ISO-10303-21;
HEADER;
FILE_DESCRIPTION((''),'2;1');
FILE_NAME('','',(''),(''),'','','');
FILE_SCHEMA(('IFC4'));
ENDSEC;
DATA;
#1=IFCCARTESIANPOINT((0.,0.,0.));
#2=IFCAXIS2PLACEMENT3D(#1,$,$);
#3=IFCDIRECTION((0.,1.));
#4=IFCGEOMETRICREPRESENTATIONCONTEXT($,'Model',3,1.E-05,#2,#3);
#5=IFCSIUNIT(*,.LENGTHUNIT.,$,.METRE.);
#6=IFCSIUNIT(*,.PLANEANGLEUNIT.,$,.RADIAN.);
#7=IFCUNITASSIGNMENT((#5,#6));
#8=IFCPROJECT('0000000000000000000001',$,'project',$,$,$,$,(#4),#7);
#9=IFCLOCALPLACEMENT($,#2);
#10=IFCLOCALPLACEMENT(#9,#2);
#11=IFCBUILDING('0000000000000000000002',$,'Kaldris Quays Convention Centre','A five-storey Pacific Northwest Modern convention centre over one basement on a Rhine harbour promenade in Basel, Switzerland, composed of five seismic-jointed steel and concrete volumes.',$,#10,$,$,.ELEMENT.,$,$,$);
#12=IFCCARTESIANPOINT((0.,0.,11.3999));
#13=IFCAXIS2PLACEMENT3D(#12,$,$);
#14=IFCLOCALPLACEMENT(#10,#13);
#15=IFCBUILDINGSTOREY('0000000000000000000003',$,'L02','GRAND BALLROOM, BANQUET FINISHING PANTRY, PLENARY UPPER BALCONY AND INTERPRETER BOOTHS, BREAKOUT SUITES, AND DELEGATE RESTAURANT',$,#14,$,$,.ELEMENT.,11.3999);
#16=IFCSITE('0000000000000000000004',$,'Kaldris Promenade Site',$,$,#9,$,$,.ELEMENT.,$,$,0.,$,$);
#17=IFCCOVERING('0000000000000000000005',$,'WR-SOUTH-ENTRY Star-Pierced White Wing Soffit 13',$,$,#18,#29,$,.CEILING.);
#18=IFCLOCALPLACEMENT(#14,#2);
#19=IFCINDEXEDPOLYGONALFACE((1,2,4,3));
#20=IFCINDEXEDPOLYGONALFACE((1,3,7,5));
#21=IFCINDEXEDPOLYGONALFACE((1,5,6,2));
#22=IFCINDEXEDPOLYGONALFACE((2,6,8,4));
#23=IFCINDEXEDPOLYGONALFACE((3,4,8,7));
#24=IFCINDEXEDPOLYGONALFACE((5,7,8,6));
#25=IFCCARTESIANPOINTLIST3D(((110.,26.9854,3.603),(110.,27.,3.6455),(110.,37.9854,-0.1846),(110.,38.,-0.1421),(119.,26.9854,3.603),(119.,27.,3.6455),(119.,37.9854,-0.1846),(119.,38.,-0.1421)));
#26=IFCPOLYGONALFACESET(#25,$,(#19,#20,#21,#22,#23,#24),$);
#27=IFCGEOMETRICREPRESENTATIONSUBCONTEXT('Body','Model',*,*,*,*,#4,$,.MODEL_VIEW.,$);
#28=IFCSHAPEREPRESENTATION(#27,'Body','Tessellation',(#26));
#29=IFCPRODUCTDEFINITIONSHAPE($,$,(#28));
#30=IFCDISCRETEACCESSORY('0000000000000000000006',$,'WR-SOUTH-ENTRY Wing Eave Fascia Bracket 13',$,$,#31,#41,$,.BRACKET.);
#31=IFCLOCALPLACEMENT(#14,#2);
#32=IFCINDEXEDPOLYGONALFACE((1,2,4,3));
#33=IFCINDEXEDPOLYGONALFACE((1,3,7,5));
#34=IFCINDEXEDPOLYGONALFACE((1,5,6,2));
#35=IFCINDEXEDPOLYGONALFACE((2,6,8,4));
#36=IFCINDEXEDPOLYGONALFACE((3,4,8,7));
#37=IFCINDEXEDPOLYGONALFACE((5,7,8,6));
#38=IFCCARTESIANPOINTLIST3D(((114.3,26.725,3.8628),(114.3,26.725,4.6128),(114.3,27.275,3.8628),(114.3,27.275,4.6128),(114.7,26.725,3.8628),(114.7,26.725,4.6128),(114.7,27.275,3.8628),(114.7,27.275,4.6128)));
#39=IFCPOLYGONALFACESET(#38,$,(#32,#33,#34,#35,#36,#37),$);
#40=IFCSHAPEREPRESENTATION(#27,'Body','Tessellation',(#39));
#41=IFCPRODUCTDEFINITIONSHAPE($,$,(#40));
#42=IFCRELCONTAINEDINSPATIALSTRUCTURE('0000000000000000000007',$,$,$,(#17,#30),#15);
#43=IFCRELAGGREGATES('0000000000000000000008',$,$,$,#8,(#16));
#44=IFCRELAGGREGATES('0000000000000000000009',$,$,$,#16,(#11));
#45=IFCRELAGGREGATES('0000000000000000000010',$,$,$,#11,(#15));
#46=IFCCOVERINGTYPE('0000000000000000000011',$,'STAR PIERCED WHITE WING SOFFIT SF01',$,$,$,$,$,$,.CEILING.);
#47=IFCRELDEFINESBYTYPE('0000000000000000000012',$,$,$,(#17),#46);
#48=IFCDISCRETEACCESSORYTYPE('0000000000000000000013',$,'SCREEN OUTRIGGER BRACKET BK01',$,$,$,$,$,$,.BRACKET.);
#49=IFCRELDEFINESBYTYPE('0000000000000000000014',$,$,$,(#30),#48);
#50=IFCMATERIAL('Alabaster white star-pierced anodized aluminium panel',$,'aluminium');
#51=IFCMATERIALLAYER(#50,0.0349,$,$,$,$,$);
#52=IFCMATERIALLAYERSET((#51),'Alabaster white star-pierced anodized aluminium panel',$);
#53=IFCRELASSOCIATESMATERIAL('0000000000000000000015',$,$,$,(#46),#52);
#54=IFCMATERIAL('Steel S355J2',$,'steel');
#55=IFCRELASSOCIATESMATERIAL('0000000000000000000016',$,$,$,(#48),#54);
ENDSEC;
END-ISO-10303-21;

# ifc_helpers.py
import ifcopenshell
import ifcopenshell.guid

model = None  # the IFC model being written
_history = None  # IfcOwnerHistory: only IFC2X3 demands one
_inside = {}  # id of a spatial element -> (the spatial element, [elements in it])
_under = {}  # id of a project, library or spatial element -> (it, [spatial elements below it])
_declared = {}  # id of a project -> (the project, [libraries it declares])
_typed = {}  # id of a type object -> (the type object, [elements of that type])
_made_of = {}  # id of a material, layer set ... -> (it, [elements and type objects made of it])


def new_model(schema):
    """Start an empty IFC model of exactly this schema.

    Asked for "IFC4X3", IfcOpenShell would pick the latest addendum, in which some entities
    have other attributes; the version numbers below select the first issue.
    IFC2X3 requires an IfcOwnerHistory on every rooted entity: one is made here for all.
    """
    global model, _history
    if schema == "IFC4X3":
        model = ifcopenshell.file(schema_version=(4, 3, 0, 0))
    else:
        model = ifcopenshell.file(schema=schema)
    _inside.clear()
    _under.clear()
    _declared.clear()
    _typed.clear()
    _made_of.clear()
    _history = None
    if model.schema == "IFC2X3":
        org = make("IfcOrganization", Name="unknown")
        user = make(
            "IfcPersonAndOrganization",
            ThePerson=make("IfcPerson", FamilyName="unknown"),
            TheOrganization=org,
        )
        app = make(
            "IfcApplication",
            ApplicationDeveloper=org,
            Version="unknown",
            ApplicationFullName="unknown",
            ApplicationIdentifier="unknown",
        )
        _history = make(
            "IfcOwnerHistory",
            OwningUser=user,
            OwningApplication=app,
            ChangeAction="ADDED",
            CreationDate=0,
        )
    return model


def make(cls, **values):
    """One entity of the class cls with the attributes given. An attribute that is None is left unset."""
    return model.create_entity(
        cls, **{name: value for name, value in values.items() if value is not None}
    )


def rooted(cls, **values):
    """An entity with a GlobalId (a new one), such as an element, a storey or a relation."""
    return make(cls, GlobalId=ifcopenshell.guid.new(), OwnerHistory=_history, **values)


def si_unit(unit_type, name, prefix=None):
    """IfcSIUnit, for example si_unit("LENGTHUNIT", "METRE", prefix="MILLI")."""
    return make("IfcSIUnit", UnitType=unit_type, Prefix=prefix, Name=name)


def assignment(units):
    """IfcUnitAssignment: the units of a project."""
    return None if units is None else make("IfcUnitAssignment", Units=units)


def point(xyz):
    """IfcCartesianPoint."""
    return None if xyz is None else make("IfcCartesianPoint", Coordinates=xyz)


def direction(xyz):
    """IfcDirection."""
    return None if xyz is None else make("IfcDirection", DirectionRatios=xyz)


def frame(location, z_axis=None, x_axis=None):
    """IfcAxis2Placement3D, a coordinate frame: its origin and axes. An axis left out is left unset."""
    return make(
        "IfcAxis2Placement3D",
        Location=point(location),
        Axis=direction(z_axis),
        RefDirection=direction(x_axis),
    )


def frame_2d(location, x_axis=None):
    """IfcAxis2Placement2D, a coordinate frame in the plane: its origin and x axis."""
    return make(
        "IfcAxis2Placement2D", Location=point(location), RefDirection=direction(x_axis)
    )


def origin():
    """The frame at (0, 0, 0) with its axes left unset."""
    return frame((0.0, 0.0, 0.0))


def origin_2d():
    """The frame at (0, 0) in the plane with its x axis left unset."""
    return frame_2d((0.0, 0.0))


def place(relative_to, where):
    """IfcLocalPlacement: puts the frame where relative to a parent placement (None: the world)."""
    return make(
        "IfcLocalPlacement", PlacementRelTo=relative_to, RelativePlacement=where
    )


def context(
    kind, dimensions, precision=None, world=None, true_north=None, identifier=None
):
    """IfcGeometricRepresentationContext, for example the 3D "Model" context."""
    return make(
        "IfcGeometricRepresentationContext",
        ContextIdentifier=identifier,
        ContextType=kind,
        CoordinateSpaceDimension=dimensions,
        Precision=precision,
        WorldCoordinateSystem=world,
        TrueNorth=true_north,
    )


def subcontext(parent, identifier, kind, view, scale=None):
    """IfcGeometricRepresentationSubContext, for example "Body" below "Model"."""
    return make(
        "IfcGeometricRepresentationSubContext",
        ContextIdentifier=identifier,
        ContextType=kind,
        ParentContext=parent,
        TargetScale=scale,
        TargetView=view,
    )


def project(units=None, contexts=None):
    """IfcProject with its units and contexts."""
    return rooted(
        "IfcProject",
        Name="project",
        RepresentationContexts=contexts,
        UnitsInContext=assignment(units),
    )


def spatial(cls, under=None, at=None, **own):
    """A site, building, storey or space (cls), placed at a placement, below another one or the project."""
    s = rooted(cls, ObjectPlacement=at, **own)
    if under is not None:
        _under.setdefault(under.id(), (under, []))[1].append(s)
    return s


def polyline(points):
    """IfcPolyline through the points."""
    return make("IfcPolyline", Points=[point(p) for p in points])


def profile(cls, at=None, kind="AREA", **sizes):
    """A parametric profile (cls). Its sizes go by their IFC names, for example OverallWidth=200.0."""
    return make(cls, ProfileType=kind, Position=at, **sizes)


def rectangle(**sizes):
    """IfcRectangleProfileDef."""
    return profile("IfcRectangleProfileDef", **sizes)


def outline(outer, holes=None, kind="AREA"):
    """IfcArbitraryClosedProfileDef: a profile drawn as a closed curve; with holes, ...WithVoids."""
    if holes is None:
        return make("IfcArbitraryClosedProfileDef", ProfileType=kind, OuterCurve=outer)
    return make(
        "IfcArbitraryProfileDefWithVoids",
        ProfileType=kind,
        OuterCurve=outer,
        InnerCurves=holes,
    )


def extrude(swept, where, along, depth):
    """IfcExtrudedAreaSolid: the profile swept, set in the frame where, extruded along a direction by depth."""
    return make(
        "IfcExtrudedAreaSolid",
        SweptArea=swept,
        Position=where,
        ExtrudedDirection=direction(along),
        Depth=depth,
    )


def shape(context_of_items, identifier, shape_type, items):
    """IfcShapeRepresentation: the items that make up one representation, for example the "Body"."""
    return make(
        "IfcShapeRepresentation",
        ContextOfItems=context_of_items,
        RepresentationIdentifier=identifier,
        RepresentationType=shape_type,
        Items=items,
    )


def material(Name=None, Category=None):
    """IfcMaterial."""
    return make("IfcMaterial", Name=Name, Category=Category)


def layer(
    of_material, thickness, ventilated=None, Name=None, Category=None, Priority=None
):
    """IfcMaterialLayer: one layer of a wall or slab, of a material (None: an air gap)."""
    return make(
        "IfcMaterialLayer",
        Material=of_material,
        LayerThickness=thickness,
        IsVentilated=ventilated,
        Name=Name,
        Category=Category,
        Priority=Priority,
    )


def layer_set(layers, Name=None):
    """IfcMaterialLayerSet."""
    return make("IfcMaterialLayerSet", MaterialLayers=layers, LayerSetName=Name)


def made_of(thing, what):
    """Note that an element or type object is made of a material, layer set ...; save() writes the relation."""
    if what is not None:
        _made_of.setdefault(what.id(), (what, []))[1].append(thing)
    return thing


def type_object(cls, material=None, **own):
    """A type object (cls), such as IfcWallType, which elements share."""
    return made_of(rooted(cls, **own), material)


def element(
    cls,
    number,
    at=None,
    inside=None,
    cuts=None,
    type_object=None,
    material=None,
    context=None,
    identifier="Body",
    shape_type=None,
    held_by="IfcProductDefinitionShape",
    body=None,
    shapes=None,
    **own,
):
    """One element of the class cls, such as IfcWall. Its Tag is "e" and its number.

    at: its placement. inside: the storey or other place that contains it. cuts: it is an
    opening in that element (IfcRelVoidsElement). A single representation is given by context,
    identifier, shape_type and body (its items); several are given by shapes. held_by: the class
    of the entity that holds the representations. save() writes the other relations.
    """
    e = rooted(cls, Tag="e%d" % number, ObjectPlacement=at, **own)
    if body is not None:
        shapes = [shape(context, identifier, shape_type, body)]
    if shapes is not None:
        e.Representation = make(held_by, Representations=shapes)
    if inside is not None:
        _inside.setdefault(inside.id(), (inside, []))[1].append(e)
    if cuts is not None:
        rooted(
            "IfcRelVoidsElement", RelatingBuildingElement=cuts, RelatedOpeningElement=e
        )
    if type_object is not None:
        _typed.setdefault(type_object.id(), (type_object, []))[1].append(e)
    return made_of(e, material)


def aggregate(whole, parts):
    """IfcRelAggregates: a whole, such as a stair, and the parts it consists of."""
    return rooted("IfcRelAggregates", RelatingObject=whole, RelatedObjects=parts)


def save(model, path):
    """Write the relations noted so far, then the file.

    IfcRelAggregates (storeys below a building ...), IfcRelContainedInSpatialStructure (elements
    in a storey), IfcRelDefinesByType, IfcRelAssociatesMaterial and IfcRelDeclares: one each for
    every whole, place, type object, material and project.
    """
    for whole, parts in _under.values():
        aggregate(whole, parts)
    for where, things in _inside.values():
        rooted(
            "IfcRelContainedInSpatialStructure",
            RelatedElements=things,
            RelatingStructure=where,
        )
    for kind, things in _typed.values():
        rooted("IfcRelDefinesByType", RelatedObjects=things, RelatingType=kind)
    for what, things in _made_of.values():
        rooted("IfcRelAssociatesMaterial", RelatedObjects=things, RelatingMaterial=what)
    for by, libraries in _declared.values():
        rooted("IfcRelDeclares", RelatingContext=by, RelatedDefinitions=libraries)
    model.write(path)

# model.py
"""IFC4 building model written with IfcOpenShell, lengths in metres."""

from ifc_helpers import new_model, si_unit, direction, frame, origin, origin_2d, place, context, subcontext, project, spatial, polyline, rectangle, outline, extrude, material, layer, layer_set, type_object, element, save


model = new_model("IFC4")

# Units and contexts
model_context = context("Model", 3, precision=1e-05, world=origin(), true_north=direction((0.0, 1.0)))
body_context = subcontext(model_context, "Body", "Model", "MODEL_VIEW")
ifc_project = project(units=[si_unit("LENGTHUNIT", "METRE"), si_unit("PLANEANGLEUNIT", "RADIAN")], contexts=[model_context])

# Site, building, storey
site_placement = place(None, origin())
site = spatial("IfcSite", under=ifc_project, at=site_placement, Name="Kaldris Promenade Site", CompositionType="ELEMENT", RefElevation=0.0)
building_placement = place(site_placement, origin())
building = spatial("IfcBuilding", under=site, at=building_placement, Name="Kaldris Quays Convention Centre", Description="A five-storey Pacific Northwest Modern convention centre over one basement on a Rhine harbour promenade in Basel, Switzerland, composed of five seismic-jointed steel and concrete volumes.", CompositionType="ELEMENT")
storey_placement = place(building_placement, frame((0.0, 0.0, 11.3999)))
storey = spatial("IfcBuildingStorey", under=building, at=storey_placement, Name="L02", Description="GRAND BALLROOM, BANQUET FINISHING PANTRY, PLENARY UPPER BALCONY AND INTERPRETER BOOTHS, BREAKOUT SUITES, AND DELEGATE RESTAURANT", CompositionType="ELEMENT", Elevation=11.3999)

# Shared definitions
ifc_material_1 = material(Name="Steel S355J2", Category="steel")

# Shared definitions
ifc_material_2 = material(Name="Alabaster white star-pierced anodized aluminium panel", Category="aluminium")

# Covering
ifc_layer_1 = layer(ifc_material_2, 0.0349)
ifc_layer_set_1 = layer_set([ifc_layer_1], Name="Alabaster white star-pierced anodized aluminium panel")
covering_type_1 = type_object("IfcCoveringType", Name="STAR PIERCED WHITE WING SOFFIT SF01", PredefinedType="CEILING", material=ifc_layer_set_1)
covering_1_placement = place(storey_placement, frame((110.0, 27.0, 3.6455), z_axis=(0.0, 0.325568, 0.945519), x_axis=(1.0, 0.0, 0.0)))
element("IfcCovering", 1, at=covering_1_placement, inside=storey, type_object=covering_type_1, Name="WR-SOUTH-ENTRY Star-Pierced White Wing Soffit 13", PredefinedType="CEILING", context=body_context, shape_type="SweptSolid", body=[
    extrude(outline(polyline([(0.0, 0.0), (9.0, 0.0), (9.0, 11.6338), (0.0, 11.6338), (0.0, 0.0)])), origin(), (0.0, 0.0, -1.0), 0.0449),
])

# Discrete accessory
discrete_accessory_type = type_object("IfcDiscreteAccessoryType", Name="SCREEN OUTRIGGER BRACKET BK01", PredefinedType="BRACKET", material=ifc_material_1)
discrete_accessory_placement = place(storey_placement, frame((114.5, 27.0, 3.8628), z_axis=(0.0, 0.0, 1.0), x_axis=(1.0, 0.0, 0.0)))
element("IfcDiscreteAccessory", 2, at=discrete_accessory_placement, inside=storey, type_object=discrete_accessory_type, Name="WR-SOUTH-ENTRY Wing Eave Fascia Bracket 13", PredefinedType="BRACKET", context=body_context, shape_type="SweptSolid", body=[
    extrude(rectangle(XDim=0.3999, YDim=0.55, at=origin_2d()), origin(), (0.0, 0.0, 1.0), 0.75),
])

save(model, "model.ifc")
